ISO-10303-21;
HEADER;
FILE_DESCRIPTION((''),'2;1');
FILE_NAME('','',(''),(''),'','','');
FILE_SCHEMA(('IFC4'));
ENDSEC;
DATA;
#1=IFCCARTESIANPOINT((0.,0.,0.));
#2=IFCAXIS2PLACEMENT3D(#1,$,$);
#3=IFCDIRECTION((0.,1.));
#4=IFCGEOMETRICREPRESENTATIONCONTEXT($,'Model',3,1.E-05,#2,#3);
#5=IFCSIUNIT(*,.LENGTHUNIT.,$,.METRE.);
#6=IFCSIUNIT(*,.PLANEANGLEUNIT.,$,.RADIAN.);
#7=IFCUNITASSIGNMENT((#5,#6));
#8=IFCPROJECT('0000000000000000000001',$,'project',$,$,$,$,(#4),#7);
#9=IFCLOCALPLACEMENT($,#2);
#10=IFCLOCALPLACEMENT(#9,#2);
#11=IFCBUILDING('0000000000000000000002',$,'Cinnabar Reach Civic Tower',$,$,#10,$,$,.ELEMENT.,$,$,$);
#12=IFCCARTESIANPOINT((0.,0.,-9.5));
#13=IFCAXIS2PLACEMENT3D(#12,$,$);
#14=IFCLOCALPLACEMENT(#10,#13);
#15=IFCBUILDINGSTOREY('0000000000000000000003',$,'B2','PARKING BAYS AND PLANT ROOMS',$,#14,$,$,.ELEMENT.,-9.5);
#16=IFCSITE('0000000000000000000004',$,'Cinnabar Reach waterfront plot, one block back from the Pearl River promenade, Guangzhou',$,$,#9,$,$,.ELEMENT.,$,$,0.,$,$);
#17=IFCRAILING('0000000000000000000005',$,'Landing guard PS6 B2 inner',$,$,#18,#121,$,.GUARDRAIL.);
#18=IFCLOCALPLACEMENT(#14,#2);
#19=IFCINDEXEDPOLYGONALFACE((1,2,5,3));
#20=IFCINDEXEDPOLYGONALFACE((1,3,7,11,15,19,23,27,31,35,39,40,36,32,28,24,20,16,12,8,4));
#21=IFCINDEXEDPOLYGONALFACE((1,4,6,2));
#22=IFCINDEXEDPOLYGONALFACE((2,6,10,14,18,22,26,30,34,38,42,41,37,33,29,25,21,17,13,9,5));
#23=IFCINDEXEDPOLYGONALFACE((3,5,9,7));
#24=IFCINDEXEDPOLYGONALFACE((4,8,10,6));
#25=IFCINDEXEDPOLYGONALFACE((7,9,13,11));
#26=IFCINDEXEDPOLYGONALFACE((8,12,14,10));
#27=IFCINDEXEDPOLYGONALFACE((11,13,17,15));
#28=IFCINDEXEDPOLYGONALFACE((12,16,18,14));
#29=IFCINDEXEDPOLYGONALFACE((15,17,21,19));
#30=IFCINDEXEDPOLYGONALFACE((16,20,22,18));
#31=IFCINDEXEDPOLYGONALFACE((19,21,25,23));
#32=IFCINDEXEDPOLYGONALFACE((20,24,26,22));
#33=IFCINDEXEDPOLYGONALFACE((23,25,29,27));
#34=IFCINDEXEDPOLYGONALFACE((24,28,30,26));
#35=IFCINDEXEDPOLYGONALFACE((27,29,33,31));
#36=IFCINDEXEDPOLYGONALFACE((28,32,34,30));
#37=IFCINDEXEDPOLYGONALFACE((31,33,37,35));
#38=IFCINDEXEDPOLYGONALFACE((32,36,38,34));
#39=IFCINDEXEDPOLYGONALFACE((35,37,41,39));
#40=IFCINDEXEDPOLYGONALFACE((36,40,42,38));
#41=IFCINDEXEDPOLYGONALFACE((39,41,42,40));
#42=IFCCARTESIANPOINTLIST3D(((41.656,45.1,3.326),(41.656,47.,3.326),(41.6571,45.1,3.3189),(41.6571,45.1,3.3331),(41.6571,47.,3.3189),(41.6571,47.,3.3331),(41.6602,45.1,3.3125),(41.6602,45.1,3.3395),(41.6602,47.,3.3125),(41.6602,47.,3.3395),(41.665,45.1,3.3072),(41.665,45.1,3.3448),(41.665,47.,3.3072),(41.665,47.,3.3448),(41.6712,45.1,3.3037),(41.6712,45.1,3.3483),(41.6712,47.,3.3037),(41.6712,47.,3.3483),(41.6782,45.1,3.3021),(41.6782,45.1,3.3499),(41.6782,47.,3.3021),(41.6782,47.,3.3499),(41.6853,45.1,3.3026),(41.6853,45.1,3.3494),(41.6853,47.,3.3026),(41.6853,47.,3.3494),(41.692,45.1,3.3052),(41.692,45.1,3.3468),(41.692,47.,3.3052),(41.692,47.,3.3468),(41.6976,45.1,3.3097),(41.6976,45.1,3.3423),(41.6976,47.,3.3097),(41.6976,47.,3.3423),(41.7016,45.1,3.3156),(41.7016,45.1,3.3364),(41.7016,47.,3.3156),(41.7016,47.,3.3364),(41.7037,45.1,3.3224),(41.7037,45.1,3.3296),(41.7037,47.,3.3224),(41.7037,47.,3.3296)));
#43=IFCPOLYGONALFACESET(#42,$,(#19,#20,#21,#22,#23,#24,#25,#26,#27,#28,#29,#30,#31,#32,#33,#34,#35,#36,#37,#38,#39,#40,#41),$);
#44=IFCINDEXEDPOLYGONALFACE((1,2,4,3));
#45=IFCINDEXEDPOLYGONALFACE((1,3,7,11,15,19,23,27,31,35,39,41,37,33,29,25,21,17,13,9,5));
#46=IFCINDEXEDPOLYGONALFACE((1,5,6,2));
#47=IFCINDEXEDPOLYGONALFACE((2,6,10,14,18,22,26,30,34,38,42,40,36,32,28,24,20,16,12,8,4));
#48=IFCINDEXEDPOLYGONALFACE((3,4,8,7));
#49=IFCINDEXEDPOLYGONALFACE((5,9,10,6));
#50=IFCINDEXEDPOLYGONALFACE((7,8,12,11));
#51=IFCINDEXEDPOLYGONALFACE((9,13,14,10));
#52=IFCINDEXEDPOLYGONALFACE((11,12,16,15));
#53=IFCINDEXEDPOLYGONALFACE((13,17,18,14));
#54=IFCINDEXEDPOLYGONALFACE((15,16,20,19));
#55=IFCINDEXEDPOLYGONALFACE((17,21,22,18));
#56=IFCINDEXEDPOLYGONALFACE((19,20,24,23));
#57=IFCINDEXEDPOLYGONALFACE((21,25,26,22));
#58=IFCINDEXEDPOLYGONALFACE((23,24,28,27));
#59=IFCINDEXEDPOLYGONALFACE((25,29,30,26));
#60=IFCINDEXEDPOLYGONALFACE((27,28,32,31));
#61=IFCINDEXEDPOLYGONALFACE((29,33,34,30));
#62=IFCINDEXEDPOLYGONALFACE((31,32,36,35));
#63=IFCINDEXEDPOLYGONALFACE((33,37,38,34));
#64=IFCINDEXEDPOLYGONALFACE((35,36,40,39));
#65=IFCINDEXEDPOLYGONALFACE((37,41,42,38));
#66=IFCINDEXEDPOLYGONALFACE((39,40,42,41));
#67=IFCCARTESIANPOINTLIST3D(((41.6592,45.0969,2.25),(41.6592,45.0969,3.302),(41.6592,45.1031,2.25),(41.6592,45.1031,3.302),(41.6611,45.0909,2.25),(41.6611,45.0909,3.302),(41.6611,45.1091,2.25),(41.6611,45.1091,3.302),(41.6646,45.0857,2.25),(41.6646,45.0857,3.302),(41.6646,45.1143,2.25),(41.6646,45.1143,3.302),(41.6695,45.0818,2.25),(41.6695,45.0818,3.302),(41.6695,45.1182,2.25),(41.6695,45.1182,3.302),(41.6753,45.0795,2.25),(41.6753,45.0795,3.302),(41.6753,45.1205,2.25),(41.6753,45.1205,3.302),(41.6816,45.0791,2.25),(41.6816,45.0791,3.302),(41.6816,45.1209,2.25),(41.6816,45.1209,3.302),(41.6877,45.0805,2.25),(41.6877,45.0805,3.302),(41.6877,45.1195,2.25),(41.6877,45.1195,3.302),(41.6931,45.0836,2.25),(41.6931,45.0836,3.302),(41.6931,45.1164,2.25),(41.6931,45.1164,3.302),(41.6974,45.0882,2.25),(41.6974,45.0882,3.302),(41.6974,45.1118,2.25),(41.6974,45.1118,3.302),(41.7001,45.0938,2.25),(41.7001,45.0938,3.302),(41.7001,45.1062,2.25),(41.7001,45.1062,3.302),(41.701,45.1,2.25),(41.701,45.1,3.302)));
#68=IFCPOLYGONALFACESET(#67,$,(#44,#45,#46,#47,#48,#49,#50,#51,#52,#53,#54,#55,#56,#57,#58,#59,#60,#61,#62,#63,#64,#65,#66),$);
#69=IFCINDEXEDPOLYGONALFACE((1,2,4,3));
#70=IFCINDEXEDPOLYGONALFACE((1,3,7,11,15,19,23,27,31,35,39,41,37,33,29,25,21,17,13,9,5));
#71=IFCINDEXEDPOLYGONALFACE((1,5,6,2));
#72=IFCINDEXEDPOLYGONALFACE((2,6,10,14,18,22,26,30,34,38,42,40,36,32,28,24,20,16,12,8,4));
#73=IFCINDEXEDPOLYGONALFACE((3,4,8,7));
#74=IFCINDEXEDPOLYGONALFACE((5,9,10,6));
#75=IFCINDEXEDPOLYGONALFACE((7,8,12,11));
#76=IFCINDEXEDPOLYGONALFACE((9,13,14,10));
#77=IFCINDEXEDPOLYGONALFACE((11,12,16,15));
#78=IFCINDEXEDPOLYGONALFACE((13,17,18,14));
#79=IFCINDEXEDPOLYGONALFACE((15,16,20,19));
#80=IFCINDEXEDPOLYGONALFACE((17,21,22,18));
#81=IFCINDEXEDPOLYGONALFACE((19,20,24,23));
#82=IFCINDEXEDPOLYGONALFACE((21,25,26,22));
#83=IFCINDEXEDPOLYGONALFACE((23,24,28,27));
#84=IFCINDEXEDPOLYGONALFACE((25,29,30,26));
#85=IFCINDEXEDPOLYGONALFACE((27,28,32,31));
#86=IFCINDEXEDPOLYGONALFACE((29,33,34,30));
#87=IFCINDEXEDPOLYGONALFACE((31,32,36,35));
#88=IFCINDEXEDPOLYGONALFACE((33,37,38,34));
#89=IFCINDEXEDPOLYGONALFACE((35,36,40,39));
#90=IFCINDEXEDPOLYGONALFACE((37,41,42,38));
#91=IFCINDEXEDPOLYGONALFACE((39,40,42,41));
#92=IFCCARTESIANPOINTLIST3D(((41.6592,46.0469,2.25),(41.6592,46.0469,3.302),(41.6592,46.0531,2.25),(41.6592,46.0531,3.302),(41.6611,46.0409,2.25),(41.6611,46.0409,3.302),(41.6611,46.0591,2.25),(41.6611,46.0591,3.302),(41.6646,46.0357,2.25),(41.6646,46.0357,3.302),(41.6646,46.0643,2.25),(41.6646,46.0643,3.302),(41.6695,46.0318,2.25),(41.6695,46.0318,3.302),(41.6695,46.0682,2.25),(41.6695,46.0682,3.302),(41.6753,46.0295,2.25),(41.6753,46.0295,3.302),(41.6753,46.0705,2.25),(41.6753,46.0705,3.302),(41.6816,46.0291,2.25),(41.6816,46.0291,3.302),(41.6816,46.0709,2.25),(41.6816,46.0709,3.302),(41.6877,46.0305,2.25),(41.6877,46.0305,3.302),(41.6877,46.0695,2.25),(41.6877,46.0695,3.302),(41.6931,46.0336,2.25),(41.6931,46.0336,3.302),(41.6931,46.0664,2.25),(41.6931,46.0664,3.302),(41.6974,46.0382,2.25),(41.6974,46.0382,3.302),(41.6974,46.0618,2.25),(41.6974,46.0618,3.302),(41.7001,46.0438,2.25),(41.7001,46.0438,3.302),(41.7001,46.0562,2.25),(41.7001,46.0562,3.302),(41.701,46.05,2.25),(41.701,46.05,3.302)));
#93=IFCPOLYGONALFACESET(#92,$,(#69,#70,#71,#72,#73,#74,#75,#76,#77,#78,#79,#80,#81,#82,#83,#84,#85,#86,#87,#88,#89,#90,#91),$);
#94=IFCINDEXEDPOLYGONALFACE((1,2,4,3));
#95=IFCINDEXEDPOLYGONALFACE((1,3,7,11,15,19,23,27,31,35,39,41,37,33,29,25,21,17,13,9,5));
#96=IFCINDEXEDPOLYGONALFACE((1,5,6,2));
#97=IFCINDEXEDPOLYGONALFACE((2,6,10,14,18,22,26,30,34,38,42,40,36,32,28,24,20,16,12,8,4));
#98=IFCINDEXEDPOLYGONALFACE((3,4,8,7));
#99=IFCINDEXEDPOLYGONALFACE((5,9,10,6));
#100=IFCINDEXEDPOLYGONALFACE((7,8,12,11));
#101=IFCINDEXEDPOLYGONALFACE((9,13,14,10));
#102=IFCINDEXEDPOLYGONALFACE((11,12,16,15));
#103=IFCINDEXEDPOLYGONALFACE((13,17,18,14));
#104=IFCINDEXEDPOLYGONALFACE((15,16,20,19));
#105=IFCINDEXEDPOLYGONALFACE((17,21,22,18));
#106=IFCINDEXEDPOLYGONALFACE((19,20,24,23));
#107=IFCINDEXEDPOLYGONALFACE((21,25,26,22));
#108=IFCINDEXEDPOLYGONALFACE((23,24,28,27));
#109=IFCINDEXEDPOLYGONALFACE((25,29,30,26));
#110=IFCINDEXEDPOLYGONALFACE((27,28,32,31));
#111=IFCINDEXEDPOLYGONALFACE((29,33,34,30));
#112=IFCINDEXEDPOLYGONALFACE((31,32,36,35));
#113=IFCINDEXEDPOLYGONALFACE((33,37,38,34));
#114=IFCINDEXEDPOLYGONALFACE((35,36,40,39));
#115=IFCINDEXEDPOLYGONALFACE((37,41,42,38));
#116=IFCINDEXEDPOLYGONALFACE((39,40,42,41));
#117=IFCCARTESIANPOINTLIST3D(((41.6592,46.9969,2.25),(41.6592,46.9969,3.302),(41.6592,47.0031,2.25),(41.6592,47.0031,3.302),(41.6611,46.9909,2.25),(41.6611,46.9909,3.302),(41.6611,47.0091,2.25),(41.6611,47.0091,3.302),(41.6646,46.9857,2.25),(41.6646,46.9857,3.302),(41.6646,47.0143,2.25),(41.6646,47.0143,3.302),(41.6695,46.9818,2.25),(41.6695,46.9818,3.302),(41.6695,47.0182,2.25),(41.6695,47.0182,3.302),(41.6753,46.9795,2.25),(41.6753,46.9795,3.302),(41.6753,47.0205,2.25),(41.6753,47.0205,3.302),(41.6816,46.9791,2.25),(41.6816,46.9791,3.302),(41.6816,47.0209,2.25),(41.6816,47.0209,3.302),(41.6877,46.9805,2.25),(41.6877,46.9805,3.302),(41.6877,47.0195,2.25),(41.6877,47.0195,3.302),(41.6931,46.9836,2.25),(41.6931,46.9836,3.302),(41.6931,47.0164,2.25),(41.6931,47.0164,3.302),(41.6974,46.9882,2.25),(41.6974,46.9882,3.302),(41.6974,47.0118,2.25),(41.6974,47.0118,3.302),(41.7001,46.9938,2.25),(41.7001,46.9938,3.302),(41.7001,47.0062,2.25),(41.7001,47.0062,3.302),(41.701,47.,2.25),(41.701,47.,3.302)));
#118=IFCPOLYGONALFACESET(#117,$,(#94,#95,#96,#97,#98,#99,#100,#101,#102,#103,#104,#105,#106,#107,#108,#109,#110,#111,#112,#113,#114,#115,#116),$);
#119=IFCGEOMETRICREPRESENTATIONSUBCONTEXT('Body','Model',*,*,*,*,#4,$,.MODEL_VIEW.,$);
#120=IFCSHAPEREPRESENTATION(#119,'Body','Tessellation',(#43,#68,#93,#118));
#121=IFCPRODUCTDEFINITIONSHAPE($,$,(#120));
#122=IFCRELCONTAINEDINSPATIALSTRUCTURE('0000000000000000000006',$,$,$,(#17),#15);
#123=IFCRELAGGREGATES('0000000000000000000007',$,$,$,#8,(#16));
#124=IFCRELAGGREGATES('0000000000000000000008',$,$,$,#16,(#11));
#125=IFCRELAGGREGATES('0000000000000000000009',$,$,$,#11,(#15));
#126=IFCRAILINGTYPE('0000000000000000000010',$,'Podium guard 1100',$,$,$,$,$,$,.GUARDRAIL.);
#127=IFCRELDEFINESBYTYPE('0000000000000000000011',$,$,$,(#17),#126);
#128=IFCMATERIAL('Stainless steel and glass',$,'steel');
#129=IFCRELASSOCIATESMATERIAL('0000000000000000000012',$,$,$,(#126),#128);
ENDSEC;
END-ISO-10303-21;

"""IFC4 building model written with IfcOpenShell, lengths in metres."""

from ifc_helpers import new_model, si_unit, direction, frame, origin, origin_2d, place, context, subcontext, project, spatial, circle, extrude, material, type_object, element, save


model = new_model("IFC4")

# Units and contexts
model_context = context("Model", 3, precision=1e-05, world=origin(), true_north=direction((0.0, 1.0)))
body_context = subcontext(model_context, "Body", "Model", "MODEL_VIEW")
ifc_project = project(units=[si_unit("LENGTHUNIT", "METRE"), si_unit("PLANEANGLEUNIT", "RADIAN")], contexts=[model_context])

# Site, building, storey
site_placement = place(None, origin())
site = spatial("IfcSite", under=ifc_project, at=site_placement, Name="Cinnabar Reach waterfront plot, one block back from the Pearl River promenade, Guangzhou", CompositionType="ELEMENT", RefElevation=0.0)
building_placement = place(site_placement, origin())
building = spatial("IfcBuilding", under=site, at=building_placement, Name="Cinnabar Reach Civic Tower", CompositionType="ELEMENT")
storey_placement = place(building_placement, frame((0.0, 0.0, -9.5)))
storey = spatial("IfcBuildingStorey", under=building, at=storey_placement, Name="B2", Description="PARKING BAYS AND PLANT ROOMS", CompositionType="ELEMENT", Elevation=-9.5)

# Railing
ifc_material_1 = material(Name="Stainless steel and glass", Category="steel")
railing_type_1 = type_object("IfcRailingType", Name="Podium guard 1100", PredefinedType="GUARDRAIL", material=ifc_material_1)
railing_1_placement = place(storey_placement, frame((41.68, 45.1, 2.25)))
element("IfcRailing", 1, at=railing_1_placement, inside=storey, type_object=railing_type_1, Name="Landing guard PS6 B2 inner", PredefinedType="GUARDRAIL", context=body_context, shape_type="SweptSolid", body=[
    extrude(circle(Radius=0.024, at=origin_2d()), frame((0.0, 0.0, 1.076), z_axis=(0.0, 1.0, 0.0), x_axis=(-1.0, 0.0, 0.0)), (0.0, 0.0, 1.0), 1.9),
    extrude(circle(Radius=0.021, at=origin_2d()), origin(), (0.0, 0.0, 1.0), 1.052),
    extrude(circle(Radius=0.021, at=origin_2d()), frame((0.0, 0.95, 0.0)), (0.0, 0.0, 1.0), 1.052),
    extrude(circle(Radius=0.021, at=origin_2d()), frame((0.0, 1.9, 0.0)), (0.0, 0.0, 1.0), 1.052),
])

save(model, "model.ifc")
